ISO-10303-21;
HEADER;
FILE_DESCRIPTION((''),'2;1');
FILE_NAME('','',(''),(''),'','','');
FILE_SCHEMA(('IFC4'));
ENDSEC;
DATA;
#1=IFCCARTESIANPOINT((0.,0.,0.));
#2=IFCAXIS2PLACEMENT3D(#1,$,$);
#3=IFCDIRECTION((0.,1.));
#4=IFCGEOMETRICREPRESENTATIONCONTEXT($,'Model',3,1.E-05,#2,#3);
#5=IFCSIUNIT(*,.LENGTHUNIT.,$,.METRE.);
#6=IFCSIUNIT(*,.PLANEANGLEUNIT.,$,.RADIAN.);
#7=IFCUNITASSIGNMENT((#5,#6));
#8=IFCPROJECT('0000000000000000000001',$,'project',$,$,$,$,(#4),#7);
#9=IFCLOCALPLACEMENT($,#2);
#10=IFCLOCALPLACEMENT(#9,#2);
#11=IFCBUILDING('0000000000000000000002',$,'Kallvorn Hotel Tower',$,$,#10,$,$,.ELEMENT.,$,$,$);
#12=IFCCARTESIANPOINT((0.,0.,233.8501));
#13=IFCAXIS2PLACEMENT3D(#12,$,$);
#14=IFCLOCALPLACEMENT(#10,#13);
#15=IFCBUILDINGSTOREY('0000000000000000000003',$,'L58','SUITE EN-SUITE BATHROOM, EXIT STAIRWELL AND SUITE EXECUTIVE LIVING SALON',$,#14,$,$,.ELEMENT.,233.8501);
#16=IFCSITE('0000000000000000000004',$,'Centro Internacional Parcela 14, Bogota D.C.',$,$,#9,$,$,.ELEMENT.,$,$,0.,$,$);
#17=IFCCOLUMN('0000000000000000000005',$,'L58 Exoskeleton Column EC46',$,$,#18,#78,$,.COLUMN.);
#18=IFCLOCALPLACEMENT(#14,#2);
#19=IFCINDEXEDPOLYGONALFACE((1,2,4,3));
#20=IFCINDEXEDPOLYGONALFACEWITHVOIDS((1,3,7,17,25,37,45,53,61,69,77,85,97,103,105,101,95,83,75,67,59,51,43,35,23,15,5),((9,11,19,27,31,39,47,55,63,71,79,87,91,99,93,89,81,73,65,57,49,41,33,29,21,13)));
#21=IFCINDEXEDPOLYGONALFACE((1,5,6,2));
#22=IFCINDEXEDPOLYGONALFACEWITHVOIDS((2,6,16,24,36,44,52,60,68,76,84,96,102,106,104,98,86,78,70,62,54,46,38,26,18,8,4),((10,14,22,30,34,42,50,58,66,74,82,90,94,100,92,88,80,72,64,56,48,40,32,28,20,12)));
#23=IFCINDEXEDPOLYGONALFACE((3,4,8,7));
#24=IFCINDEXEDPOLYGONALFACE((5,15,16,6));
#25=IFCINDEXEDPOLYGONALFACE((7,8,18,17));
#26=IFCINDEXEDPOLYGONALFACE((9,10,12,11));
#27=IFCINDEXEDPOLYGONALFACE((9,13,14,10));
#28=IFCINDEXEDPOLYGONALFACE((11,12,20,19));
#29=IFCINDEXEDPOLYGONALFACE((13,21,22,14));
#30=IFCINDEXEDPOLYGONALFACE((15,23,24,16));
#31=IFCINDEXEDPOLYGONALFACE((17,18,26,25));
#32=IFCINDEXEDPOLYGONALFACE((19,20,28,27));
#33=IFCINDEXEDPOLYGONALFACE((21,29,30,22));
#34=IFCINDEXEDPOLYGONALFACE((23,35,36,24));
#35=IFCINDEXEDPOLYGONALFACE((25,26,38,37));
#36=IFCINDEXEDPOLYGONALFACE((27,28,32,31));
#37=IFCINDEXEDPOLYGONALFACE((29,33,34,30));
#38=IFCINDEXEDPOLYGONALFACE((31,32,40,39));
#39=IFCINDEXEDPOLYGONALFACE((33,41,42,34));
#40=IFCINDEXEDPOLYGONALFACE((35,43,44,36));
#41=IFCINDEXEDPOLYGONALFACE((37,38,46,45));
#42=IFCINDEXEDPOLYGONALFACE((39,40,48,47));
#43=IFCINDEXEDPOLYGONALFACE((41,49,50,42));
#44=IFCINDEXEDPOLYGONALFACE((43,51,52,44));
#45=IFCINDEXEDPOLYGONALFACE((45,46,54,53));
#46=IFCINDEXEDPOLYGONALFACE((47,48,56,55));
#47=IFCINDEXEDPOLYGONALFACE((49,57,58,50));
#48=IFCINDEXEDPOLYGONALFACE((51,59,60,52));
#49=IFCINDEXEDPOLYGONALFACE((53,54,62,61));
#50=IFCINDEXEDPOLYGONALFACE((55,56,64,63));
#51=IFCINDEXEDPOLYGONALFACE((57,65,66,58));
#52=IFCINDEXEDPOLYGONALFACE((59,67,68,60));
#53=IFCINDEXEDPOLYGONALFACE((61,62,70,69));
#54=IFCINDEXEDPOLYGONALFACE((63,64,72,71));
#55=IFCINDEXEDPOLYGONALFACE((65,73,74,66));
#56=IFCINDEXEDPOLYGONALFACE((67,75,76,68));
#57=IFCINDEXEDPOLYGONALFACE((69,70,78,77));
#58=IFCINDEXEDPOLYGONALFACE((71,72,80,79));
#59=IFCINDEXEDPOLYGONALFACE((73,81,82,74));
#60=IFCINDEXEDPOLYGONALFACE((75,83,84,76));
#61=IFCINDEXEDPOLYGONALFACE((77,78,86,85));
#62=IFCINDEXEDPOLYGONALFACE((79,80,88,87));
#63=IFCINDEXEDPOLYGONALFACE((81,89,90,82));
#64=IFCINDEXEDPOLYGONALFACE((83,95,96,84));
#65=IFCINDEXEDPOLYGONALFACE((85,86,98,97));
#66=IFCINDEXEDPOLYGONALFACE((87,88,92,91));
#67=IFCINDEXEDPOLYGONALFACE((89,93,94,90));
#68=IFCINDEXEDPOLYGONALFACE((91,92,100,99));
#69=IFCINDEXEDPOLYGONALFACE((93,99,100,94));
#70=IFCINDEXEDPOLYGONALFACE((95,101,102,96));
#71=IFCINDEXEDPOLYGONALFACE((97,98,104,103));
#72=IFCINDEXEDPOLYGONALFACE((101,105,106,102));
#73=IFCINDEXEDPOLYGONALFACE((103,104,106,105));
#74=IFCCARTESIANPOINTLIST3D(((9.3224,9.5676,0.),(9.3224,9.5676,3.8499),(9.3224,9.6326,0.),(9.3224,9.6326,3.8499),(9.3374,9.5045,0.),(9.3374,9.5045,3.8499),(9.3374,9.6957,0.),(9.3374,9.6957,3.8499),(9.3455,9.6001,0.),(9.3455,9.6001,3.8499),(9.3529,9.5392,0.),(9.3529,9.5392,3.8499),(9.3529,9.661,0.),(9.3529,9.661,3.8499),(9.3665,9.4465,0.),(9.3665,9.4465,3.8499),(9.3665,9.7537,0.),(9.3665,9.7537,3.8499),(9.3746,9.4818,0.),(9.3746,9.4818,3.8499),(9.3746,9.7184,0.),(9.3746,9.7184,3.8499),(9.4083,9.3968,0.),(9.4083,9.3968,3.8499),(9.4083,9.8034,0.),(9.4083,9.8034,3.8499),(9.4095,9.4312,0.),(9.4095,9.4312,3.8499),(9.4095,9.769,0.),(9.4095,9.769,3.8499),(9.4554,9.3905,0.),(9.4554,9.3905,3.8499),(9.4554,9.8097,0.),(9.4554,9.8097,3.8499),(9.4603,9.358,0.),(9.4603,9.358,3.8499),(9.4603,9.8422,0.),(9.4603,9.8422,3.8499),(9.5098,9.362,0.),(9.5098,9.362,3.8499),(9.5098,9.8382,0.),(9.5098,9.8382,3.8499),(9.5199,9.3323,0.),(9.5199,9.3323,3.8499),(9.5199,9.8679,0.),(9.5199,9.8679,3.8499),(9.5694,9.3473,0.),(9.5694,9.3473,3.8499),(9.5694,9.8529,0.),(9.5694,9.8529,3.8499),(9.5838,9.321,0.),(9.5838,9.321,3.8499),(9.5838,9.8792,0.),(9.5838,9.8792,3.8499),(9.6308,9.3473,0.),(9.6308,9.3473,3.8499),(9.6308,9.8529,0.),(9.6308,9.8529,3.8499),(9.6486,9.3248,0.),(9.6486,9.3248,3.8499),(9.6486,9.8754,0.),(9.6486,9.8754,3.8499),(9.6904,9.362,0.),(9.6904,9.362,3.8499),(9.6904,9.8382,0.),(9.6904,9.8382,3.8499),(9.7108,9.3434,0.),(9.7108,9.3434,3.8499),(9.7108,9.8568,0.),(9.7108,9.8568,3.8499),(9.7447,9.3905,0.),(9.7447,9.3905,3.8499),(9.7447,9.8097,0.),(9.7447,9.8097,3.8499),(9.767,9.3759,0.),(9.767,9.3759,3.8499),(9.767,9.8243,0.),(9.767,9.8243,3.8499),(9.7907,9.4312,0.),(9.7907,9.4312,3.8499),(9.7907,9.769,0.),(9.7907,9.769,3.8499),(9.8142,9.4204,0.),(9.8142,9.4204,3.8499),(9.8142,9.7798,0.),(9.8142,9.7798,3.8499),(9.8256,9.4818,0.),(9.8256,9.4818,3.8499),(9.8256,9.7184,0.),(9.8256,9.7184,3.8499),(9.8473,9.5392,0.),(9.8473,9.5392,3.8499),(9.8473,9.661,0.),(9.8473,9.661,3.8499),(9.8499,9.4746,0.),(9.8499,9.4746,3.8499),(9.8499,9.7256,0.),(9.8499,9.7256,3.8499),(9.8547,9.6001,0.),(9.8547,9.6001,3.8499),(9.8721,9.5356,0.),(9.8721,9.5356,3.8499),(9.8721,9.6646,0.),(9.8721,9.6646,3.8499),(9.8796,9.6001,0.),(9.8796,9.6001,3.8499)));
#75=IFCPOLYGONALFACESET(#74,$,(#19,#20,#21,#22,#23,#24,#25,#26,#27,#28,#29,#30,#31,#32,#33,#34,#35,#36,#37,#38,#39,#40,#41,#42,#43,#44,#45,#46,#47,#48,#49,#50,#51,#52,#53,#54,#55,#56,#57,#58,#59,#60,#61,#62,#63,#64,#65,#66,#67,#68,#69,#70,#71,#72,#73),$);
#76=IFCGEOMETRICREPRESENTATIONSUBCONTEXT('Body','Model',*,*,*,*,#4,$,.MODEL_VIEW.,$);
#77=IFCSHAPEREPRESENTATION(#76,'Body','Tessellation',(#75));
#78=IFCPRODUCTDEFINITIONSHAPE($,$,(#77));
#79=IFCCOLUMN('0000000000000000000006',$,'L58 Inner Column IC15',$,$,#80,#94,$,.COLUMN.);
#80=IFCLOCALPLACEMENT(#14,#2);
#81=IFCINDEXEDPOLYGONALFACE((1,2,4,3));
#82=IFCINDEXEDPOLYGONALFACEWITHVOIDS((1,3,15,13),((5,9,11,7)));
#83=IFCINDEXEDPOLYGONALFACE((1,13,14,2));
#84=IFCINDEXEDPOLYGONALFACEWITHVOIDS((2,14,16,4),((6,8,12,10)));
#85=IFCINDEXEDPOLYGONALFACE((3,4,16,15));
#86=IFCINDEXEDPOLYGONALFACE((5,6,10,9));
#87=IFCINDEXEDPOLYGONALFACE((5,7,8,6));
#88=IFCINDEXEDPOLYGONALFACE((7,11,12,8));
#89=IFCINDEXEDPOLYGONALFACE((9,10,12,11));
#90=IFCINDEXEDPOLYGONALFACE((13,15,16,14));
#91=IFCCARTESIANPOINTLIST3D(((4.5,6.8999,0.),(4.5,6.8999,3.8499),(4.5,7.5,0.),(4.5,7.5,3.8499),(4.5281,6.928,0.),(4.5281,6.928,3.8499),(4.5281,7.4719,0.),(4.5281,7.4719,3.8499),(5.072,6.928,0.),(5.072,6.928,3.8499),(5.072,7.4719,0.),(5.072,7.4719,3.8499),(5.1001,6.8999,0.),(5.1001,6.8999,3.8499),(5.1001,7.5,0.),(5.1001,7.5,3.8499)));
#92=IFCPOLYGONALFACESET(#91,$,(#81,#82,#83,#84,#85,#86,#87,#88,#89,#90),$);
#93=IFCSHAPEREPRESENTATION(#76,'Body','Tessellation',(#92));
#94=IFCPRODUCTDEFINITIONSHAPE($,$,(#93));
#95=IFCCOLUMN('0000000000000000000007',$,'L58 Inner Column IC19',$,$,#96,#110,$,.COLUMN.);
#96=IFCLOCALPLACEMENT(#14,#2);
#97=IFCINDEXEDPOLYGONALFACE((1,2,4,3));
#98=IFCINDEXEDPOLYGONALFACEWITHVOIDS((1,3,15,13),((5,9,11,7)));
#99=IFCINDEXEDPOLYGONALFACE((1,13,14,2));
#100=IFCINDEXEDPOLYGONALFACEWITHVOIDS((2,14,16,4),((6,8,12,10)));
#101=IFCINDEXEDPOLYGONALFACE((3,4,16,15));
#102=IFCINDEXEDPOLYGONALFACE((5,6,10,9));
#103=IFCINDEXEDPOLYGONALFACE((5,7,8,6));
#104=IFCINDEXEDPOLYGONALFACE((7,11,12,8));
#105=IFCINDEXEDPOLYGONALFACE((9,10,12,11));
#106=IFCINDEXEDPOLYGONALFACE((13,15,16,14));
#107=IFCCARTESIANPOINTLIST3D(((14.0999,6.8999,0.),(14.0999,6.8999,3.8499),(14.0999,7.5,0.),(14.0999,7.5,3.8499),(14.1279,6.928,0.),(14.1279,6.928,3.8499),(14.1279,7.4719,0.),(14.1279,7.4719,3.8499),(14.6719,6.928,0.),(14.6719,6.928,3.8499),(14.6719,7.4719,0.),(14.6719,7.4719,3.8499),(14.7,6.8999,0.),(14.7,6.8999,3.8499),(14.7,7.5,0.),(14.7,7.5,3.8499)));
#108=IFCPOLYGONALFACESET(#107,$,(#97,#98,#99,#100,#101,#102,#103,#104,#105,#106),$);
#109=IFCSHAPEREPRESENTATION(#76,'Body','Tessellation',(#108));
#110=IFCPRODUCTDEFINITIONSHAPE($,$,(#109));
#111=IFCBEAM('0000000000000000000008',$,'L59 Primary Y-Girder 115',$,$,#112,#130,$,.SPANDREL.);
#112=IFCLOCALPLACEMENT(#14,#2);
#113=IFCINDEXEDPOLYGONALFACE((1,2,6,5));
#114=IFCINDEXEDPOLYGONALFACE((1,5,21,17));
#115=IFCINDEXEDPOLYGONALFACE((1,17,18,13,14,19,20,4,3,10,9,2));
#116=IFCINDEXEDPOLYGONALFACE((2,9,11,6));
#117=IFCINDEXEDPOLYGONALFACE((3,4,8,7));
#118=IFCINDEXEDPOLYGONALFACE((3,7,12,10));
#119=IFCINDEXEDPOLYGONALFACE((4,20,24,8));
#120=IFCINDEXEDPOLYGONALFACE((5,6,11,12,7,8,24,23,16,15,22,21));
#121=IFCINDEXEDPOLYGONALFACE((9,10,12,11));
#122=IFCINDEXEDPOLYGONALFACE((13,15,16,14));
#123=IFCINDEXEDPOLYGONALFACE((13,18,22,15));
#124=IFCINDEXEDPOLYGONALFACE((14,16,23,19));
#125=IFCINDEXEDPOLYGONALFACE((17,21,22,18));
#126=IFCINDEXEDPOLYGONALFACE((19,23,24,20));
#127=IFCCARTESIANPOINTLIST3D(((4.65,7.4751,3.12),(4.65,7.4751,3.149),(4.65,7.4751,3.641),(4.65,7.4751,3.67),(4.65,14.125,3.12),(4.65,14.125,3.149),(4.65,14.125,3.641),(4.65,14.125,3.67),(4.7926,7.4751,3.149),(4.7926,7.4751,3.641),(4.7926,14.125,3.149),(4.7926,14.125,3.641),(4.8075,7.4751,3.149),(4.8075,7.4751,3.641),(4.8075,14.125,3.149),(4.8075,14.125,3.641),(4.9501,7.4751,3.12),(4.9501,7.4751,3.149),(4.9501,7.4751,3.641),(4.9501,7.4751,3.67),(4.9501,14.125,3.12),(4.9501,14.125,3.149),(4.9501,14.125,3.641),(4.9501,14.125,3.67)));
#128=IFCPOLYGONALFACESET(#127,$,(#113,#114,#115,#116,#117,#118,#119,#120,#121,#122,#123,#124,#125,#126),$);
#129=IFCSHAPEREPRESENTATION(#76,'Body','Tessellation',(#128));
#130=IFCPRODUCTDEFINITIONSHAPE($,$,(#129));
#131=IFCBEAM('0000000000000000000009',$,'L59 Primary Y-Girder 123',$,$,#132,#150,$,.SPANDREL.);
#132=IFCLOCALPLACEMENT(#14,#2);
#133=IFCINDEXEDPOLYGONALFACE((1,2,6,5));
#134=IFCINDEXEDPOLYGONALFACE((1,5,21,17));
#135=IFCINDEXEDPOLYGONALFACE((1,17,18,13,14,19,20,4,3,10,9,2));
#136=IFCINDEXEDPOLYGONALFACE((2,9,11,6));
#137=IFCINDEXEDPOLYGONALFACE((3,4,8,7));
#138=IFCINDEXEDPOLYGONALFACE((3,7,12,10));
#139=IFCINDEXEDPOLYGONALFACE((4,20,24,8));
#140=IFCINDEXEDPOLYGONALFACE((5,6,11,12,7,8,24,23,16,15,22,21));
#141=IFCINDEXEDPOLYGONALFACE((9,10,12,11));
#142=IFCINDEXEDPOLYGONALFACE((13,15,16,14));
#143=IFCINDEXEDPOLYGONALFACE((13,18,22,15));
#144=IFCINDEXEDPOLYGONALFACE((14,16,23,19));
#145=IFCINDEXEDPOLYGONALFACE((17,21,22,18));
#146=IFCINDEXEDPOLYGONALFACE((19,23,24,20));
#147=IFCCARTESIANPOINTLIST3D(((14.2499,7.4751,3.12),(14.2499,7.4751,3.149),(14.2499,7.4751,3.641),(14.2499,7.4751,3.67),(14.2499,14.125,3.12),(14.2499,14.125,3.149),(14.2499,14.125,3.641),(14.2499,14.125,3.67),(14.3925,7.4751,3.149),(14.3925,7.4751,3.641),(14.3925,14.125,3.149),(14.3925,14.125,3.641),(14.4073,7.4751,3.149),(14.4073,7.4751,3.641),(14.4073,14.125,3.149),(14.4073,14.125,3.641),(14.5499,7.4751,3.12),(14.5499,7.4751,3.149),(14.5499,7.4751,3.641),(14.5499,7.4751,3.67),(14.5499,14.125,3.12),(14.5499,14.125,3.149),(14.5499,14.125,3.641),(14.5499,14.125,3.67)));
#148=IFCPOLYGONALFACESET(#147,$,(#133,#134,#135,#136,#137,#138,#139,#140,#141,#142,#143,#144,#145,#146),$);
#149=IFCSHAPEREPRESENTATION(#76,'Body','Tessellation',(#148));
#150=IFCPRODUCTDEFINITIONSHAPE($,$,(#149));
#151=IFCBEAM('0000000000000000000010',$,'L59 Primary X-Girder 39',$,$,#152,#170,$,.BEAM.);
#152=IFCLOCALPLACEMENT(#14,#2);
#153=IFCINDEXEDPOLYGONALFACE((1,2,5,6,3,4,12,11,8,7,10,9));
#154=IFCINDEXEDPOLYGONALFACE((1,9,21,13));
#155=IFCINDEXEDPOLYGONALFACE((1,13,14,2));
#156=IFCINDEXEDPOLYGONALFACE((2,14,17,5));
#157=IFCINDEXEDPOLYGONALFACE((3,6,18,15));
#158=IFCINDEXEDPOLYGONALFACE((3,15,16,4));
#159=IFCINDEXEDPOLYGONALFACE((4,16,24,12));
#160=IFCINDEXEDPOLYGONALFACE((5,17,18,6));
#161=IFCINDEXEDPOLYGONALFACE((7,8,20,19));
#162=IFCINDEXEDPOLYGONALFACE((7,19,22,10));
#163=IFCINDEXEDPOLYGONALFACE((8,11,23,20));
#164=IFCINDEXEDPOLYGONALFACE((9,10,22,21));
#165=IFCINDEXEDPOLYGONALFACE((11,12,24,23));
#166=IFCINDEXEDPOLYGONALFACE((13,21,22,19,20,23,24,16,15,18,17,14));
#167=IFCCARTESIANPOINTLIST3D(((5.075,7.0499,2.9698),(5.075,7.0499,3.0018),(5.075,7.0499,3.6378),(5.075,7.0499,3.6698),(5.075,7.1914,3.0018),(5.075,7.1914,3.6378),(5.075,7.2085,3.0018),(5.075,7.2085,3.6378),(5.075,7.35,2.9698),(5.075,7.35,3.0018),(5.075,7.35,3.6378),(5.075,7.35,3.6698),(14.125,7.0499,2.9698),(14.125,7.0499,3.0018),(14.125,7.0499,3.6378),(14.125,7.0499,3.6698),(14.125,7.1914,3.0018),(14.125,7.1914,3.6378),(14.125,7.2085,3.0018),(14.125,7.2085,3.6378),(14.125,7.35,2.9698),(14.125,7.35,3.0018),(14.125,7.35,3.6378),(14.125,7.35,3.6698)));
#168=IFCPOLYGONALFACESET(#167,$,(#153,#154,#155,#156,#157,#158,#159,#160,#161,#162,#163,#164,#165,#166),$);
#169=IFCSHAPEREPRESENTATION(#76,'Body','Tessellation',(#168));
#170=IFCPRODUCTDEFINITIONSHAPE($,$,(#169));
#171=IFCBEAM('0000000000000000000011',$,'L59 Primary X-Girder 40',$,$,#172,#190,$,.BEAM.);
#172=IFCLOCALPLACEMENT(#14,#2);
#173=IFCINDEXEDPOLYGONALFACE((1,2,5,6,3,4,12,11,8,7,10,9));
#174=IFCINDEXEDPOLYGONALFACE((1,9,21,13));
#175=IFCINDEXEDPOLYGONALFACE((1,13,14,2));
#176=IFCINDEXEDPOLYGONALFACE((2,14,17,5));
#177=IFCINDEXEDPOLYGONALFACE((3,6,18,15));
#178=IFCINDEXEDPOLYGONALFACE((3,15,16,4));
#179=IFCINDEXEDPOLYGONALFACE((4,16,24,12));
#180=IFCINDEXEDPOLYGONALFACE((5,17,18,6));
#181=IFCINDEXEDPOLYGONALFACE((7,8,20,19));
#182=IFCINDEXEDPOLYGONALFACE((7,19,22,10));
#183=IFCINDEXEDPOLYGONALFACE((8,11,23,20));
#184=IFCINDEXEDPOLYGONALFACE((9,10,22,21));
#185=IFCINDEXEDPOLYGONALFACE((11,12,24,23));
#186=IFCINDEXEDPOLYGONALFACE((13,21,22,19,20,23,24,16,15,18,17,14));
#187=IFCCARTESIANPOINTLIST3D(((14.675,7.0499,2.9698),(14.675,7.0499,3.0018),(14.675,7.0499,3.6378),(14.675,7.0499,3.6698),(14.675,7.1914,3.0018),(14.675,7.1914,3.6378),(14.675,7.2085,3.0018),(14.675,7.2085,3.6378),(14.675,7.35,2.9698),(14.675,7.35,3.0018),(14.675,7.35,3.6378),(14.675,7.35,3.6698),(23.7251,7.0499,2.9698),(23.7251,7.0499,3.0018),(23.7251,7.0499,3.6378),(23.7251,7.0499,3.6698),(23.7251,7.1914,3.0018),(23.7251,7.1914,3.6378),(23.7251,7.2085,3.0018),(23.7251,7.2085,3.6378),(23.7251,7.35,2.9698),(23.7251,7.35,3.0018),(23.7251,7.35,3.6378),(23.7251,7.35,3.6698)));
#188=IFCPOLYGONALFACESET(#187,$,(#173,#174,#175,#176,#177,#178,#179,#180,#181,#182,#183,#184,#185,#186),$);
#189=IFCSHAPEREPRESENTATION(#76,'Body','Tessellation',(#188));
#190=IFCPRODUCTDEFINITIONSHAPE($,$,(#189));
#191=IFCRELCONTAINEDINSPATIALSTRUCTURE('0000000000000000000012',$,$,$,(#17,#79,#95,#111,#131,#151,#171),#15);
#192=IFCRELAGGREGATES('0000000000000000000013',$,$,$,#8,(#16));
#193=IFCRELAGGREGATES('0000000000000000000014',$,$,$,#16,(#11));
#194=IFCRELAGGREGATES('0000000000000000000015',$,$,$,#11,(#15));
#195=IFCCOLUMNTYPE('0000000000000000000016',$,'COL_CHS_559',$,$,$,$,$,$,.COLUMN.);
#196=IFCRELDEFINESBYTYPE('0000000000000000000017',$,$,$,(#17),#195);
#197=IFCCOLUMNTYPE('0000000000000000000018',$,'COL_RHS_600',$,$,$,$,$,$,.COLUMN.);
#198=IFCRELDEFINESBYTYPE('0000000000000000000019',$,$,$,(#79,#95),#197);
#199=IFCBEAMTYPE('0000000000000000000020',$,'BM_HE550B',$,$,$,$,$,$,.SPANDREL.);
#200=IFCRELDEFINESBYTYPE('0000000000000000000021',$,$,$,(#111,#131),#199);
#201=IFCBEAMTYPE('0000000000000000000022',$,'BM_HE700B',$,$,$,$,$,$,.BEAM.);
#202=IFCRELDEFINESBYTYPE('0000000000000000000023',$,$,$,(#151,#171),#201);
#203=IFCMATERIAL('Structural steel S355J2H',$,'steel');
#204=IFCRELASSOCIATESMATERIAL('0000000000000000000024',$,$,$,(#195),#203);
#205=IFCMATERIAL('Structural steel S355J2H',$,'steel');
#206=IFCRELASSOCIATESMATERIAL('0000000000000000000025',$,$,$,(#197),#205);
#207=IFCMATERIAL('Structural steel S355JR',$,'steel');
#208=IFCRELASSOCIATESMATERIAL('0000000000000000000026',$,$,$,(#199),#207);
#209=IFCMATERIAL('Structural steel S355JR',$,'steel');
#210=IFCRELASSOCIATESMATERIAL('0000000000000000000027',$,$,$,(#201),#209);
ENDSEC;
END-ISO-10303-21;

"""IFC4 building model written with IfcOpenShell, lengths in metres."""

from ifc_helpers import new_model, si_unit, direction, frame, origin, origin_2d, place, context, subcontext, project, spatial, hollow_rectangle, hollow_circle, i_section, extrude, material, material_profile, profile_set, type_object, element, save


model = new_model("IFC4")

# Units and contexts
model_context = context("Model", 3, precision=1e-05, world=origin(), true_north=direction((0.0, 1.0)))
body_context = subcontext(model_context, "Body", "Model", "MODEL_VIEW")
ifc_project = project(units=[si_unit("LENGTHUNIT", "METRE"), si_unit("PLANEANGLEUNIT", "RADIAN")], contexts=[model_context])

# Site, building, storey
site_placement = place(None, origin())
site = spatial("IfcSite", under=ifc_project, at=site_placement, Name="Centro Internacional Parcela 14, Bogota D.C.", CompositionType="ELEMENT", RefElevation=0.0)
building_placement = place(site_placement, origin())
building = spatial("IfcBuilding", under=site, at=building_placement, Name="Kallvorn Hotel Tower", CompositionType="ELEMENT")
storey_placement = place(building_placement, frame((0.0, 0.0, 233.8501)))
storey = spatial("IfcBuildingStorey", under=building, at=storey_placement, Name="L58", Description="SUITE EN-SUITE BATHROOM, EXIT STAIRWELL AND SUITE EXECUTIVE LIVING SALON", CompositionType="ELEMENT", Elevation=233.8501)

# Columns
ifc_material_1 = material(Name="Structural steel S355J2H", Category="steel")
ifc_material_profile_1 = material_profile(ifc_material_1, hollow_circle(Radius=0.2795, WallThickness=0.0249, at=origin_2d()), Name="CHS 559x25")
ifc_profile_set_1 = profile_set([ifc_material_profile_1], Name="Structural steel S355J2H")
column_type_1 = type_object("IfcColumnType", Name="COL_CHS_559", PredefinedType="COLUMN", material=ifc_profile_set_1)
column_placement = place(storey_placement, frame((9.6001, 9.6001, 0.0), z_axis=(0.0, 0.0, 1.0), x_axis=(1.0, 0.0, 0.0)))
element("IfcColumn", 1, at=column_placement, inside=storey, type_object=column_type_1, Name="L58 Exoskeleton Column EC46", PredefinedType="COLUMN", context=body_context, shape_type="SweptSolid", body=[
    extrude(hollow_circle(Radius=0.2795, WallThickness=0.0249, at=origin_2d()), origin(), (0.0, 0.0, 1.0), 3.8499),
])
ifc_material_2 = material(Name="Structural steel S355J2H", Category="steel")
ifc_material_profile_2 = material_profile(ifc_material_2, hollow_rectangle(XDim=0.6001, YDim=0.6001, WallThickness=0.0281, at=origin_2d()), Name="RHS 600x600x28")
ifc_profile_set_2 = profile_set([ifc_material_profile_2], Name="Structural steel S355J2H")
column_type_2 = type_object("IfcColumnType", Name="COL_RHS_600", PredefinedType="COLUMN", material=ifc_profile_set_2)
for number, where, z_axis, x_axis, name in (
    (2, (4.8, 7.2, 0.0), (0.0, 0.0, 1.0), (1.0, 0.0, 0.0), "L58 Inner Column IC15"),
    (3, (14.3999, 7.2, 0.0), (0.0, 0.0, 1.0), (1.0, 0.0, 0.0), "L58 Inner Column IC19"),
):
    element("IfcColumn", number, at=place(storey_placement, frame(where, z_axis=z_axis, x_axis=x_axis)), inside=storey, type_object=column_type_2, Name=name, PredefinedType="COLUMN", context=body_context, shape_type="SweptSolid", body=[
        extrude(hollow_rectangle(XDim=0.6001, YDim=0.6001, WallThickness=0.0281, at=origin_2d()), origin(), (0.0, 0.0, 1.0), 3.8499),
    ])

# Beams
ifc_material_3 = material(Name="Structural steel S355JR", Category="steel")
ifc_material_profile_3 = material_profile(ifc_material_3, i_section(OverallWidth=0.3, OverallDepth=0.55, WebThickness=0.0149, FlangeThickness=0.0291, at=origin_2d()), Name="HE 550 B")
ifc_profile_set_3 = profile_set([ifc_material_profile_3], Name="Structural steel S355JR")
beam_type_1 = type_object("IfcBeamType", Name="BM_HE550B", PredefinedType="SPANDREL", material=ifc_profile_set_3)
for number, where, z_axis, x_axis, name in (
    (4, (4.8, 7.4751, 3.395), (0.0, 1.0, 0.0), (-1.0, 0.0, 0.0), "L59 Primary Y-Girder 115"),
    (5, (14.3999, 7.4751, 3.395), (0.0, 1.0, 0.0), (-1.0, 0.0, 0.0), "L59 Primary Y-Girder 123"),
):
    element("IfcBeam", number, at=place(storey_placement, frame(where, z_axis=z_axis, x_axis=x_axis)), inside=storey, type_object=beam_type_1, Name=name, PredefinedType="SPANDREL", context=body_context, shape_type="SweptSolid", body=[
        extrude(i_section(OverallWidth=0.3, OverallDepth=0.55, WebThickness=0.0149, FlangeThickness=0.0291, at=origin_2d()), origin(), (0.0, 0.0, 1.0), 6.6499),
    ])
ifc_material_4 = material(Name="Structural steel S355JR", Category="steel")
ifc_material_profile_4 = material_profile(ifc_material_4, i_section(OverallWidth=0.3, OverallDepth=0.7, WebThickness=0.0171, FlangeThickness=0.032, at=origin_2d()), Name="HE 700 B")
ifc_profile_set_4 = profile_set([ifc_material_profile_4], Name="Structural steel S355JR")
beam_type_2 = type_object("IfcBeamType", Name="BM_HE700B", PredefinedType="BEAM", material=ifc_profile_set_4)
for number, where, z_axis, x_axis, name in (
    (6, (5.075, 7.2, 3.3198), (1.0, 0.0, 0.0), (0.0, 1.0, 0.0), "L59 Primary X-Girder 39"),
    (7, (14.675, 7.2, 3.3198), (1.0, 0.0, 0.0), (0.0, 1.0, 0.0), "L59 Primary X-Girder 40"),
):
    element("IfcBeam", number, at=place(storey_placement, frame(where, z_axis=z_axis, x_axis=x_axis)), inside=storey, type_object=beam_type_2, Name=name, PredefinedType="BEAM", context=body_context, shape_type="SweptSolid", body=[
        extrude(i_section(OverallWidth=0.3, OverallDepth=0.7, WebThickness=0.0171, FlangeThickness=0.032, at=origin_2d()), origin(), (0.0, 0.0, 1.0), 9.05),
    ])

save(model, "model.ifc")
